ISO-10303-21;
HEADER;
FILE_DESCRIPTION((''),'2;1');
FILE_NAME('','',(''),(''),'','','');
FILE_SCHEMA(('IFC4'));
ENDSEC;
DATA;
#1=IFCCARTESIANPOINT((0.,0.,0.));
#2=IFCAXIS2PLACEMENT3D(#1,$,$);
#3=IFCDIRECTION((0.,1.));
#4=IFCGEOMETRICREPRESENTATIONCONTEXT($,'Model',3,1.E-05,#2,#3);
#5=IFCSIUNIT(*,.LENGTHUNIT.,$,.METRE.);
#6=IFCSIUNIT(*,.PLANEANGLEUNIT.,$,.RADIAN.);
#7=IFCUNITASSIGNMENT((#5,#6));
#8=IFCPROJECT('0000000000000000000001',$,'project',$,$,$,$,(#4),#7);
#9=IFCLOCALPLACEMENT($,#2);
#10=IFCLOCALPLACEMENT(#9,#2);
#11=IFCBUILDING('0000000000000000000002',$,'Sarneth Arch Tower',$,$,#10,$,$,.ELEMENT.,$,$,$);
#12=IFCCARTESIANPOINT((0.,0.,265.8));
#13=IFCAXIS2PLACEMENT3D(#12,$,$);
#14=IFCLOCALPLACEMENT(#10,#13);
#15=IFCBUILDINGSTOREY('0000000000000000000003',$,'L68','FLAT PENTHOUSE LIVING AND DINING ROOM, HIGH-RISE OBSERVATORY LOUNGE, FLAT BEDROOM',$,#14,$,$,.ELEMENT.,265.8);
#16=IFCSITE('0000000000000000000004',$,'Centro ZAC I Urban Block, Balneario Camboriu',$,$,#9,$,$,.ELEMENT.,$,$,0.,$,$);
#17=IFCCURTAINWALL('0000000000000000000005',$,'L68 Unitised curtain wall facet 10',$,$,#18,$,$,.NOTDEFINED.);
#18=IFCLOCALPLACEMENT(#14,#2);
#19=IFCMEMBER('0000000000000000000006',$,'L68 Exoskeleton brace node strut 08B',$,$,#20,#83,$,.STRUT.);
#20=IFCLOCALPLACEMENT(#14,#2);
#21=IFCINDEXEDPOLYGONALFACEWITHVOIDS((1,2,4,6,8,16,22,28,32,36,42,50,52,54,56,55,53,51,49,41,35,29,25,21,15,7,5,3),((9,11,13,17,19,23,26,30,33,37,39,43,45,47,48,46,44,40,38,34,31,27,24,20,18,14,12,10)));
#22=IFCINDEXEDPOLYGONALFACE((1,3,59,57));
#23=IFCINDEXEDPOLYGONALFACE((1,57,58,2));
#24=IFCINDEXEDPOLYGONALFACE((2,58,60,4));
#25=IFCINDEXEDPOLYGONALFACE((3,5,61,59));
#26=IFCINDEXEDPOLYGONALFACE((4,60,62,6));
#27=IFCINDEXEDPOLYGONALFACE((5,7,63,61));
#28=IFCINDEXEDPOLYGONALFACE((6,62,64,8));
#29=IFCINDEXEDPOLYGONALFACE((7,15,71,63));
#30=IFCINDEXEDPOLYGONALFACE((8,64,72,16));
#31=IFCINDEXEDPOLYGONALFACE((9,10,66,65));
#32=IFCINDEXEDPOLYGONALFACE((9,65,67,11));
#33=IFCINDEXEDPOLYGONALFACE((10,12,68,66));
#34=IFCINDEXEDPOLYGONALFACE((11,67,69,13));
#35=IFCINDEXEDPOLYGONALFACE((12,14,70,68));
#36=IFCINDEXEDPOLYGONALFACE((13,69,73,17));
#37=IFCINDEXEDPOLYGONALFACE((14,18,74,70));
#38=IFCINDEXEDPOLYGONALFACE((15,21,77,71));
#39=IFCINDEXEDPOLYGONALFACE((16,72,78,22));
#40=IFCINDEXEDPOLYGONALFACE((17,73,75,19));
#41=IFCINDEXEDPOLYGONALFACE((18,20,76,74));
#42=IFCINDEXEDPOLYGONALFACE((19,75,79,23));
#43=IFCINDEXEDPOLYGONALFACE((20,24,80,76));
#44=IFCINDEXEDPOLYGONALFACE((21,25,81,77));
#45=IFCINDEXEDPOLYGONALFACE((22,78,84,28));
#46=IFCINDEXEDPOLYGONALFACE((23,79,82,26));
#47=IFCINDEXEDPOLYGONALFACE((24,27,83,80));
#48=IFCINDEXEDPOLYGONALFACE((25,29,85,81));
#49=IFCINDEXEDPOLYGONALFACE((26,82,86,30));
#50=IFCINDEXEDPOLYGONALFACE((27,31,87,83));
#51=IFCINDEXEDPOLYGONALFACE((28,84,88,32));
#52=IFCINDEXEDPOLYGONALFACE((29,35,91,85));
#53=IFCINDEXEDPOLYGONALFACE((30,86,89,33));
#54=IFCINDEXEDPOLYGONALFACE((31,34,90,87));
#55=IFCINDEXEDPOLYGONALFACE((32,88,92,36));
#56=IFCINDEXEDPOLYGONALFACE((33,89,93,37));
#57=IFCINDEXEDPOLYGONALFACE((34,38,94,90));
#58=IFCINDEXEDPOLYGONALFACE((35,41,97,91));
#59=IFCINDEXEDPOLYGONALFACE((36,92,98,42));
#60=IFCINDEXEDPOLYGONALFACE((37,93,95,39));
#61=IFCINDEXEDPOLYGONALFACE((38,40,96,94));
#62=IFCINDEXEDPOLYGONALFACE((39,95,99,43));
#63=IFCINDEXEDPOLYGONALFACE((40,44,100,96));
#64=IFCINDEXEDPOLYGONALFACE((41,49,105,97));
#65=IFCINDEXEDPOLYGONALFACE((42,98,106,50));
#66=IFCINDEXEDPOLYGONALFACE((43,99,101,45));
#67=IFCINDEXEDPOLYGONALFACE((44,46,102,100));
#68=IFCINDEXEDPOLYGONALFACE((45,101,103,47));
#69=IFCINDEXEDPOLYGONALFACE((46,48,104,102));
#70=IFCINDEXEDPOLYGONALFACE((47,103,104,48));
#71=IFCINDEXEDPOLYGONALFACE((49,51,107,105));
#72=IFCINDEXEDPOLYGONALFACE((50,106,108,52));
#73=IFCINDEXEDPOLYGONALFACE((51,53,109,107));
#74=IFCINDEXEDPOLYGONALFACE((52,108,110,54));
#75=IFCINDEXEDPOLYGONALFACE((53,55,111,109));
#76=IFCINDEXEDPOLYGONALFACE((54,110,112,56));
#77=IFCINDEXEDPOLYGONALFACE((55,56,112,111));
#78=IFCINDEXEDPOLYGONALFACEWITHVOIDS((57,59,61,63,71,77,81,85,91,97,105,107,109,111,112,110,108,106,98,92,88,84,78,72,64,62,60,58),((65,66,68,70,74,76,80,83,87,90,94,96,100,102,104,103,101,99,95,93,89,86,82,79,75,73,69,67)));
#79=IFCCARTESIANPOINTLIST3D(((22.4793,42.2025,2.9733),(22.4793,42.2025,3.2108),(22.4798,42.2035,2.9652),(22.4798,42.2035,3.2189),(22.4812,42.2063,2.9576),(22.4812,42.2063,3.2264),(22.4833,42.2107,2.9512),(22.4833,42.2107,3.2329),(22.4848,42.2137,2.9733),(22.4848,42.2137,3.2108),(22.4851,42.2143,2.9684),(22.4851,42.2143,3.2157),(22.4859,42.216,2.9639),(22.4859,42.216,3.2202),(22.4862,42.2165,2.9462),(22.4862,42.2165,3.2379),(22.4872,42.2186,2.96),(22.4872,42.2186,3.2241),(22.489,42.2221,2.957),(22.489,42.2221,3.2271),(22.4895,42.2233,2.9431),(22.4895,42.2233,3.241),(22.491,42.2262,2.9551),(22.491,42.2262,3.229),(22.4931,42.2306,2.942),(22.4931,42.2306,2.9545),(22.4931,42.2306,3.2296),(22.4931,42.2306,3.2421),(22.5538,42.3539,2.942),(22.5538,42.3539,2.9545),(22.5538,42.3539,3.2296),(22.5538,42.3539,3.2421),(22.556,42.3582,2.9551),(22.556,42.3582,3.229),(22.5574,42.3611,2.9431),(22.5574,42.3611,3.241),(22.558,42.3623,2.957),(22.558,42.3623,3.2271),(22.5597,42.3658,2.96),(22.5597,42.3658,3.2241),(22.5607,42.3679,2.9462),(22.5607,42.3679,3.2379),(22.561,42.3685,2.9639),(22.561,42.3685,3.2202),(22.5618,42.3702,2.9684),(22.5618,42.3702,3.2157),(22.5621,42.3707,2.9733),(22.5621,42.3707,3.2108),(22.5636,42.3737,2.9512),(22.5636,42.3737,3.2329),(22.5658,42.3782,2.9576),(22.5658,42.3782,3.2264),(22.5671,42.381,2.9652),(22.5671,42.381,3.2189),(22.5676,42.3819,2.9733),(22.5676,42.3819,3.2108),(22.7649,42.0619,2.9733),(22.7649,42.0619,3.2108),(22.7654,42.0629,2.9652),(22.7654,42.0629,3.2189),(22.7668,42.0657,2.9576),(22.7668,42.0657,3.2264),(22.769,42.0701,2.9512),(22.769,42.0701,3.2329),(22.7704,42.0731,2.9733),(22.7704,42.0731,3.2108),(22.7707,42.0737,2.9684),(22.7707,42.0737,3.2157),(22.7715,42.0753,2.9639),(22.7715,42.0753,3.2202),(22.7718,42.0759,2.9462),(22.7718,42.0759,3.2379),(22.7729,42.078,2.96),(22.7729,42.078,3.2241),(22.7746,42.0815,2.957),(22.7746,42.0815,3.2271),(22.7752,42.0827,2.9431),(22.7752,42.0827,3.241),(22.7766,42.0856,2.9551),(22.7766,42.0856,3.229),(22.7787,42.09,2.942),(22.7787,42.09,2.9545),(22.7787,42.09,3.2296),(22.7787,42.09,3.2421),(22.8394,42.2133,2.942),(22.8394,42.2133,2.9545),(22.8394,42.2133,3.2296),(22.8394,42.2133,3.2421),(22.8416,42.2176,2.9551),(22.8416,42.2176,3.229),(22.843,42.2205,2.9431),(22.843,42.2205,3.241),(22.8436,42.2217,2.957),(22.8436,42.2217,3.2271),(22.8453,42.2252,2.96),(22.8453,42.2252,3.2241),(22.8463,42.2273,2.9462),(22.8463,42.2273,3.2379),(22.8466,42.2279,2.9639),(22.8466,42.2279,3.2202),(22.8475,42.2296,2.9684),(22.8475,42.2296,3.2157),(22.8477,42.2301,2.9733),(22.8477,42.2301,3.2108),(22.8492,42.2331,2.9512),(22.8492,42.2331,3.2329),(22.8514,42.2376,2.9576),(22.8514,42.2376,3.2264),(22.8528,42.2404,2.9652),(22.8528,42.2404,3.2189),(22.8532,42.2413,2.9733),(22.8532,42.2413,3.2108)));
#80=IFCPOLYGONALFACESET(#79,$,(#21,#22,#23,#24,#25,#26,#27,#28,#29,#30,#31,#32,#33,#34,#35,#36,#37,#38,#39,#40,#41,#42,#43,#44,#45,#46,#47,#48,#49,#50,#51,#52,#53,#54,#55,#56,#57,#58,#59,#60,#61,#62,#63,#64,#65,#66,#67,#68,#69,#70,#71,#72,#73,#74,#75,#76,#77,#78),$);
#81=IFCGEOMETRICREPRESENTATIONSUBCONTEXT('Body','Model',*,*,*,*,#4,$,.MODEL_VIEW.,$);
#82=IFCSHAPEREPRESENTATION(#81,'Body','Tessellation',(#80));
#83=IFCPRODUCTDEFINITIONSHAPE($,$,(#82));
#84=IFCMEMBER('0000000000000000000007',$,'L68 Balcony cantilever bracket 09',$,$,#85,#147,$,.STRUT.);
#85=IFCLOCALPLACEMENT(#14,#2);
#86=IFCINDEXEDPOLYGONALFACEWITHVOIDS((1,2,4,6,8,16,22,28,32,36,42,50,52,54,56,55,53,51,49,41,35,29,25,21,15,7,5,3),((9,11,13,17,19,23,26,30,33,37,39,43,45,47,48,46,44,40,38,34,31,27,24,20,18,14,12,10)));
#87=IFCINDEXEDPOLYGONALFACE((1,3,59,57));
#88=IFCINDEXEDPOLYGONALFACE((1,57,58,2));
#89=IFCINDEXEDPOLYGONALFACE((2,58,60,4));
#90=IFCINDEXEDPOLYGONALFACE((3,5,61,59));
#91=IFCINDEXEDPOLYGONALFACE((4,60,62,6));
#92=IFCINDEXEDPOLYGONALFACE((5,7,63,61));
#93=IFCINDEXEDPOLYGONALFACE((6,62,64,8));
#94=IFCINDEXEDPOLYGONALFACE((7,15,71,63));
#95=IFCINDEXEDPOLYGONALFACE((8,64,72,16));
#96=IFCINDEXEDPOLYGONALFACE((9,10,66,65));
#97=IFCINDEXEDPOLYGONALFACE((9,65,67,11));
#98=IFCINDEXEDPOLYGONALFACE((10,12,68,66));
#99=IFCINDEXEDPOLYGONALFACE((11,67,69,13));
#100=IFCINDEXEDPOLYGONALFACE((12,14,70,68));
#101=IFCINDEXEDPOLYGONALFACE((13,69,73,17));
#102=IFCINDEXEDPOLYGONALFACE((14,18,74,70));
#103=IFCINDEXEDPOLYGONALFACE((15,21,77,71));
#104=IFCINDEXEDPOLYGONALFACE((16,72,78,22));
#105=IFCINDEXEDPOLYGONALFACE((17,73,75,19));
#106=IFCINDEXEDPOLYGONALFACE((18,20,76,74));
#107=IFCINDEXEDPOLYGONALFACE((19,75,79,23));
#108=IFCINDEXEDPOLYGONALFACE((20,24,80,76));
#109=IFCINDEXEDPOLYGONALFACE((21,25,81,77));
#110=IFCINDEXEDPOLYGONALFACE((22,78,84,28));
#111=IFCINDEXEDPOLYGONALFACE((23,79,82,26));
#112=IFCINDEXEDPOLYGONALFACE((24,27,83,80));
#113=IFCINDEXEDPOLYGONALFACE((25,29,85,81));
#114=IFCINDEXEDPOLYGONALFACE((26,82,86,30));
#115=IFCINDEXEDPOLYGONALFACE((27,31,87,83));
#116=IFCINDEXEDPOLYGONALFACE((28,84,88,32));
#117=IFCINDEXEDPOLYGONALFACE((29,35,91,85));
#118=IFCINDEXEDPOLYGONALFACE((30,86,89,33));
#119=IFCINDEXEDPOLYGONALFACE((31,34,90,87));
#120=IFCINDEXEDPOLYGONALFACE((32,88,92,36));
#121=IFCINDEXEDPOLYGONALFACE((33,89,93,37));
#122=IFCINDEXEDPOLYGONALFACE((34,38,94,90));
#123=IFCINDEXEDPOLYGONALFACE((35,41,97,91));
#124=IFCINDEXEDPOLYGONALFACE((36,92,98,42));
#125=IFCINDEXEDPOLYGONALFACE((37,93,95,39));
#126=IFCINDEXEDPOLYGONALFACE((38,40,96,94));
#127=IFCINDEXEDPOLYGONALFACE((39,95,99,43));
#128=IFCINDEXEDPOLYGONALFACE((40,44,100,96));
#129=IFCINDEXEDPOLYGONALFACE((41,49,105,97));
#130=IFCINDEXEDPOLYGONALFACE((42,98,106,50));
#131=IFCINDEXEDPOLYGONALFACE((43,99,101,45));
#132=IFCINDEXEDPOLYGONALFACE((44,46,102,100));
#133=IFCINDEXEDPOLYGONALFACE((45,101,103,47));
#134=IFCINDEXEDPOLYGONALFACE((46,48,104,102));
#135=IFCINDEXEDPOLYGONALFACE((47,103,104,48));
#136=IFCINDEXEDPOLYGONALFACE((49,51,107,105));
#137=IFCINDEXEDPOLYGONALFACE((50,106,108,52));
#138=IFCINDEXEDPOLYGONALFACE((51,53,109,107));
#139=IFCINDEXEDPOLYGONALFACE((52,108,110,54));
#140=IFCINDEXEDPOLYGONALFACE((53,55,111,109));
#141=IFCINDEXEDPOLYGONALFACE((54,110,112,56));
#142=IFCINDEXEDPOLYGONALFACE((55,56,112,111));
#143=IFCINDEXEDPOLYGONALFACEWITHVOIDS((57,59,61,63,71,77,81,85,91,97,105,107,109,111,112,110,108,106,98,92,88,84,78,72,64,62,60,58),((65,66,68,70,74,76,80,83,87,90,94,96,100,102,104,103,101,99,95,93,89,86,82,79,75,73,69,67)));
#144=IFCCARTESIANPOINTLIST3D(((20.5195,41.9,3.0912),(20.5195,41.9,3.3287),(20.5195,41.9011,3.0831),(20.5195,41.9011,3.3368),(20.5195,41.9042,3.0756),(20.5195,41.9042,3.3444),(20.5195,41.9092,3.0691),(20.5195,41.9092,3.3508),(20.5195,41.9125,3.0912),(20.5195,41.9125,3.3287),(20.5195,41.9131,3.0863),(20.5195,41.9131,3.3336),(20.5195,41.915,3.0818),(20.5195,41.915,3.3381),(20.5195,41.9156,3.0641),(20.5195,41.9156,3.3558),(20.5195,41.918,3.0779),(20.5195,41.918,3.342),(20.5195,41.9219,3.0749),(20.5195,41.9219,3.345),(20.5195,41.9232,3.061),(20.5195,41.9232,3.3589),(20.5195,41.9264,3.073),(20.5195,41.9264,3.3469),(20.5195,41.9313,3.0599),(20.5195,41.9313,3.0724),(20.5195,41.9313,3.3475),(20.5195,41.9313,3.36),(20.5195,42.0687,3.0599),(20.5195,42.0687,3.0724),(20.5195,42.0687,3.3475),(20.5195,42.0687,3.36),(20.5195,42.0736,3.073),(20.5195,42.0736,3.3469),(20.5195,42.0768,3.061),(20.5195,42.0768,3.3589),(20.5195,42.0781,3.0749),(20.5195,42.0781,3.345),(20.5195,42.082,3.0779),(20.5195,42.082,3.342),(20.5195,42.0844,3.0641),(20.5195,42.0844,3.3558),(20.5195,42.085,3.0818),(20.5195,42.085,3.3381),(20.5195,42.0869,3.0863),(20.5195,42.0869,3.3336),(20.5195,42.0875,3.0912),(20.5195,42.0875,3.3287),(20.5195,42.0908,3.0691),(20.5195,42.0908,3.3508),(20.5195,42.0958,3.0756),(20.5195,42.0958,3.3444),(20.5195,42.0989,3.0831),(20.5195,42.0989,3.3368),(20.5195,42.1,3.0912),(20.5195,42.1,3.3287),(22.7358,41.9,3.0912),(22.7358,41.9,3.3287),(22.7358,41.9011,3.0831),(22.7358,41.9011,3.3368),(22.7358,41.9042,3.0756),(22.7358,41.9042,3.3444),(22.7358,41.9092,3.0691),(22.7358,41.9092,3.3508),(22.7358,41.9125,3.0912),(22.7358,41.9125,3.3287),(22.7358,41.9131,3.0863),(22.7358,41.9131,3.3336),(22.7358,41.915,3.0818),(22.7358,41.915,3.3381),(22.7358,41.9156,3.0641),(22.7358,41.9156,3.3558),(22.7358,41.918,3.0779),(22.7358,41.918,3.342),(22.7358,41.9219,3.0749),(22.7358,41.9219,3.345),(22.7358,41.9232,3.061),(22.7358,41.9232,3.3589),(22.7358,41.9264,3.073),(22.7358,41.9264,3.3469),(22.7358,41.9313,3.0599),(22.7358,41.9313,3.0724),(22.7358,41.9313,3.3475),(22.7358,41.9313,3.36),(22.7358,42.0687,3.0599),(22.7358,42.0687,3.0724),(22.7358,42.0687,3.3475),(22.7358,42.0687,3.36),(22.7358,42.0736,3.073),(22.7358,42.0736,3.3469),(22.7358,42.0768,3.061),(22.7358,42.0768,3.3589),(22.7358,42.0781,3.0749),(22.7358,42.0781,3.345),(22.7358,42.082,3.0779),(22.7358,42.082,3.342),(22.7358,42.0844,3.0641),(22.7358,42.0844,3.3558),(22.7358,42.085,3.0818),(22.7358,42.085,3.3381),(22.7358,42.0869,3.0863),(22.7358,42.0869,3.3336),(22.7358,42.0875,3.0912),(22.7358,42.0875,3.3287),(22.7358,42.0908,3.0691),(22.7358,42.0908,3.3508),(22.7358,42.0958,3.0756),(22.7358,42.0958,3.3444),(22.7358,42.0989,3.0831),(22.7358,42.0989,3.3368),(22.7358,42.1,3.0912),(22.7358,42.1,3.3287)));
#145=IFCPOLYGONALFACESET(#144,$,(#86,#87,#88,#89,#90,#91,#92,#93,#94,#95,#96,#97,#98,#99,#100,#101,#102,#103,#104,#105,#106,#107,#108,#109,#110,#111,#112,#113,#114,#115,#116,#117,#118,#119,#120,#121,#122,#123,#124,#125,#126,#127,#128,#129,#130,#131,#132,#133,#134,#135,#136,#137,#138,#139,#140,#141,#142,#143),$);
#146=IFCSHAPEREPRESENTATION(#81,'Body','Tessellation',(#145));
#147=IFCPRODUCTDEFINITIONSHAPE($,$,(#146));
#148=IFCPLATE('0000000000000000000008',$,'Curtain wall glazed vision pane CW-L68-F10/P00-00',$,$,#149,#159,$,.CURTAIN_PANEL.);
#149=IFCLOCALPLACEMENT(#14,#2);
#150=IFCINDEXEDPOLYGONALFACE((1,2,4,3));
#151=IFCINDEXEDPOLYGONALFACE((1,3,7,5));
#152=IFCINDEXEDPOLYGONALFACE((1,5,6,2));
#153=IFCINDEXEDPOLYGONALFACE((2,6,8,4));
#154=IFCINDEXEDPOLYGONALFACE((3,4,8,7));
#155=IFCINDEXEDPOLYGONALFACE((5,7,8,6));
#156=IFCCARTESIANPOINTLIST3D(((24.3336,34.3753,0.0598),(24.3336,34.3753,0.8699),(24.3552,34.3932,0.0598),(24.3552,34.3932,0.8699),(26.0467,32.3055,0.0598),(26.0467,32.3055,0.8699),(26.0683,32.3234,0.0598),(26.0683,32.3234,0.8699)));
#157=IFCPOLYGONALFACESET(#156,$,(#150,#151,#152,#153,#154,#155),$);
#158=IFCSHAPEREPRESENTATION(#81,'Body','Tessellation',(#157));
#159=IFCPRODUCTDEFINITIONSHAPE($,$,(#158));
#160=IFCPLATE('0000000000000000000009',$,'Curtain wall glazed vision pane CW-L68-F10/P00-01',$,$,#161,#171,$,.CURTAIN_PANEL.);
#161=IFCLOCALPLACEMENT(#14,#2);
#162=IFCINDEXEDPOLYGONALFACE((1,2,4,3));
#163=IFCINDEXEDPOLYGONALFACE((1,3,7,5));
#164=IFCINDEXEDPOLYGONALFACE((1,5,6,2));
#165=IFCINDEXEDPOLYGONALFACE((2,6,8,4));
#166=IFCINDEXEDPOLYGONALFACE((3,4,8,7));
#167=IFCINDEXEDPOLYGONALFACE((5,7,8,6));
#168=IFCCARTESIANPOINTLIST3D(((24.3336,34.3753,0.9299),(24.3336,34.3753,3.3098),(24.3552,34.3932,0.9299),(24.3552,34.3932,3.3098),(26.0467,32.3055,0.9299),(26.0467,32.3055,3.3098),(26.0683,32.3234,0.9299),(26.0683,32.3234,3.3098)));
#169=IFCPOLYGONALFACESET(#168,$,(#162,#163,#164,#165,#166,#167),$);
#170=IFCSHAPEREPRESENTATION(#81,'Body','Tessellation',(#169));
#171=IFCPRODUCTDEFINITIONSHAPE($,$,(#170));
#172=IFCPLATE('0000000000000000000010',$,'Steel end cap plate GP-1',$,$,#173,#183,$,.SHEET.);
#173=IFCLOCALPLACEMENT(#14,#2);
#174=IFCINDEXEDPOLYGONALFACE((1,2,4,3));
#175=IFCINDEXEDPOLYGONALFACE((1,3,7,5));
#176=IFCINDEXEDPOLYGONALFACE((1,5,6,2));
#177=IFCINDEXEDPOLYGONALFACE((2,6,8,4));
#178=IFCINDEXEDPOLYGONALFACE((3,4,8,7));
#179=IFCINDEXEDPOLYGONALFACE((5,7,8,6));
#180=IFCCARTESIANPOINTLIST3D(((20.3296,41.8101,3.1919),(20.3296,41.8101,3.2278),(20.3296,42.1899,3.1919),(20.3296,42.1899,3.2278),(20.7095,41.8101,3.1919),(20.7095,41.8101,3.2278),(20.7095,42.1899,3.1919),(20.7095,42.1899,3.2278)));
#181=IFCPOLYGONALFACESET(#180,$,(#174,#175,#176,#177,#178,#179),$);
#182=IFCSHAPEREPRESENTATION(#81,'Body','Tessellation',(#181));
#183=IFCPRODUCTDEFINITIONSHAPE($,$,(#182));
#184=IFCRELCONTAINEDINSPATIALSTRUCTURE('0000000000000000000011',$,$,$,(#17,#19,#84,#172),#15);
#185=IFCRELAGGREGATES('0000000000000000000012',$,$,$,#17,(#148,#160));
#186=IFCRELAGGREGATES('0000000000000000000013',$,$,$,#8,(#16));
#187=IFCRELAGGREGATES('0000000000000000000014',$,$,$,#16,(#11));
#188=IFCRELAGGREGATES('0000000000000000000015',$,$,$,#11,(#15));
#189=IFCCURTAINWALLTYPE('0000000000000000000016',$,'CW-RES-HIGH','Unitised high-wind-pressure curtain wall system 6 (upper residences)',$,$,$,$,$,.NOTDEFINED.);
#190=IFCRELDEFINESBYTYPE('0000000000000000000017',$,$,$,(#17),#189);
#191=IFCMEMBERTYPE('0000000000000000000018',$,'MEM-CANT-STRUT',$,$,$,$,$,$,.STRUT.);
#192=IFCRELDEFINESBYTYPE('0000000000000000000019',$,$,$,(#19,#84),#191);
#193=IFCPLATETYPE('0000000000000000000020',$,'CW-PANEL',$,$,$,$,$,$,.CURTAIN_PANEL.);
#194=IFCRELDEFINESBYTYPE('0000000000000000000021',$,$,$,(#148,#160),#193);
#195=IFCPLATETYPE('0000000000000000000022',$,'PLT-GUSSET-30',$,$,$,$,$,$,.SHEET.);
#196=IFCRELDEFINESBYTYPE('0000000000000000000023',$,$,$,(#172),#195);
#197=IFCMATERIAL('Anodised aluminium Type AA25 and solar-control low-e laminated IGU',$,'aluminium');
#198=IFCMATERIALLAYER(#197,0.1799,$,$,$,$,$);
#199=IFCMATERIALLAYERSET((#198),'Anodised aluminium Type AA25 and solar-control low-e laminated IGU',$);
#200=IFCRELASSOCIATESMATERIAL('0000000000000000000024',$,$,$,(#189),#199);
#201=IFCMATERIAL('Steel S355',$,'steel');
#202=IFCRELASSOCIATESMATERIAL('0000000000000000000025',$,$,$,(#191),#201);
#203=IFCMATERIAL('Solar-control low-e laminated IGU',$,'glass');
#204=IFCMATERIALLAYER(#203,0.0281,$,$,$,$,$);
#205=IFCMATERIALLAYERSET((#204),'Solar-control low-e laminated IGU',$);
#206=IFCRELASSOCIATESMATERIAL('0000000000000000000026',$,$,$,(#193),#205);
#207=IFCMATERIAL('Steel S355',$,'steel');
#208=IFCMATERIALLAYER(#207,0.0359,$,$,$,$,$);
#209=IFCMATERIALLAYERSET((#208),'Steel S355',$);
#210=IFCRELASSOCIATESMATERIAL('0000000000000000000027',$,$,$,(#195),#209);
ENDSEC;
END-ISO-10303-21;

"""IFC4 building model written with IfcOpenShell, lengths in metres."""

from ifc_helpers import new_model, si_unit, direction, frame, origin, origin_2d, place, context, subcontext, project, spatial, rectangle, hollow_rectangle, extrude, material, layer, layer_set, material_profile, profile_set, type_object, element, aggregate, save


model = new_model("IFC4")

# Units and contexts
model_context = context("Model", 3, precision=1e-05, world=origin(), true_north=direction((0.0, 1.0)))
body_context = subcontext(model_context, "Body", "Model", "MODEL_VIEW")
ifc_project = project(units=[si_unit("LENGTHUNIT", "METRE"), si_unit("PLANEANGLEUNIT", "RADIAN")], contexts=[model_context])

# Site, building, storey
site_placement = place(None, origin())
site = spatial("IfcSite", under=ifc_project, at=site_placement, Name="Centro ZAC I Urban Block, Balneario Camboriu", CompositionType="ELEMENT", RefElevation=0.0)
building_placement = place(site_placement, origin())
building = spatial("IfcBuilding", under=site, at=building_placement, Name="Sarneth Arch Tower", CompositionType="ELEMENT")
storey_placement = place(building_placement, frame((0.0, 0.0, 265.8)))
storey = spatial("IfcBuildingStorey", under=building, at=storey_placement, Name="L68", Description="FLAT PENTHOUSE LIVING AND DINING ROOM, HIGH-RISE OBSERVATORY LOUNGE, FLAT BEDROOM", CompositionType="ELEMENT", Elevation=265.8)

# Curtain wall
ifc_material_1 = material(Name="Anodised aluminium Type AA25 and solar-control low-e laminated IGU", Category="aluminium")
ifc_layer_1 = layer(ifc_material_1, 0.1799)
ifc_layer_set_1 = layer_set([ifc_layer_1], Name="Anodised aluminium Type AA25 and solar-control low-e laminated IGU")
curtain_wall_type = type_object("IfcCurtainWallType", Name="CW-RES-HIGH", Description="Unitised high-wind-pressure curtain wall system 6 (upper residences)", PredefinedType="NOTDEFINED", material=ifc_layer_set_1)
curtain_wall_placement = place(storey_placement, origin())
curtain_wall = element("IfcCurtainWall", 1, at=curtain_wall_placement, inside=storey, type_object=curtain_wall_type, Name="L68 Unitised curtain wall facet 10", PredefinedType="NOTDEFINED")

# Members
ifc_material_2 = material(Name="Steel S355", Category="steel")
ifc_material_profile_1 = material_profile(ifc_material_2, hollow_rectangle(XDim=0.2, YDim=0.3, WallThickness=0.0125, InnerFilletRadius=0.0188, OuterFilletRadius=0.0312, at=origin_2d()), Name="RHS300x200x12.5")
ifc_profile_set_1 = profile_set([ifc_material_profile_1], Name="Steel S355")
member_type_1 = type_object("IfcMemberType", Name="MEM-CANT-STRUT", PredefinedType="STRUT", material=ifc_profile_set_1)
member_1_placement = place(storey_placement, frame((22.8091, 42.1516, 3.092), z_axis=(-0.897171, 0.441684, 0.0), x_axis=(-0.441684, -0.897171, 0.0)))
element("IfcMember", 2, at=member_1_placement, inside=storey, type_object=member_type_1, Name="L68 Exoskeleton brace node strut 08B", PredefinedType="STRUT", context=body_context, shape_type="SweptSolid", body=[
    extrude(hollow_rectangle(XDim=0.2, YDim=0.3, WallThickness=0.0125, InnerFilletRadius=0.0188, OuterFilletRadius=0.0312, at=origin_2d()), origin(), (0.0, 0.0, 1.0), 0.3184),
])
member_2_placement = place(storey_placement, frame((22.7358, 42.0, 3.21), z_axis=(-1.0, 0.0, 0.0), x_axis=(0.0, -1.0, 0.0)))
element("IfcMember", 3, at=member_2_placement, inside=storey, type_object=member_type_1, Name="L68 Balcony cantilever bracket 09", PredefinedType="STRUT", context=body_context, shape_type="SweptSolid", body=[
    extrude(hollow_rectangle(XDim=0.2, YDim=0.3, WallThickness=0.0125, InnerFilletRadius=0.0188, OuterFilletRadius=0.0312, at=origin_2d()), origin(), (0.0, 0.0, 1.0), 2.2163),
])

# Plates
ifc_material_3 = material(Name="Solar-control low-e laminated IGU", Category="glass")
ifc_layer_2 = layer(ifc_material_3, 0.0281)
ifc_layer_set_2 = layer_set([ifc_layer_2], Name="Solar-control low-e laminated IGU")
plate_type_1 = type_object("IfcPlateType", Name="CW-PANEL", PredefinedType="CURTAIN_PANEL", material=ifc_layer_set_2)
plate_1_placement = place(storey_placement, frame((25.2009, 33.3494, 0.0598), z_axis=(0.0, 0.0, 1.0), x_axis=(0.63761, -0.770359, 0.0)))
plate_1 = element("IfcPlate", 4, at=plate_1_placement, type_object=plate_type_1, Name="Curtain wall glazed vision pane CW-L68-F10/P00-00", PredefinedType="CURTAIN_PANEL", context=body_context, shape_type="SweptSolid", body=[
    extrude(rectangle(XDim=2.6868, YDim=0.0281, at=origin_2d()), origin(), (0.0, 0.0, 1.0), 0.8101),
])
plate_2_placement = place(storey_placement, frame((25.2009, 33.3494, 0.9299), z_axis=(0.0, 0.0, 1.0), x_axis=(0.63761, -0.770359, 0.0)))
plate_2 = element("IfcPlate", 5, at=plate_2_placement, type_object=plate_type_1, Name="Curtain wall glazed vision pane CW-L68-F10/P00-01", PredefinedType="CURTAIN_PANEL", context=body_context, shape_type="SweptSolid", body=[
    extrude(rectangle(XDim=2.6868, YDim=0.0281, at=origin_2d()), origin(), (0.0, 0.0, 1.0), 2.3799),
])
aggregate(curtain_wall, [plate_1, plate_2])
ifc_material_4 = material(Name="Steel S355", Category="steel")
ifc_layer_3 = layer(ifc_material_4, 0.0359)
ifc_layer_set_3 = layer_set([ifc_layer_3], Name="Steel S355")
plate_type_2 = type_object("IfcPlateType", Name="PLT-GUSSET-30", PredefinedType="SHEET", material=ifc_layer_set_3)
plate_3_placement = place(storey_placement, frame((20.5195, 42.0, 3.1919), z_axis=(0.0, 0.0, 1.0), x_axis=(-1.0, 0.0, 0.0)))
element("IfcPlate", 6, at=plate_3_placement, inside=storey, type_object=plate_type_2, Name="Steel end cap plate GP-1", PredefinedType="SHEET", context=body_context, shape_type="SweptSolid", body=[
    extrude(rectangle(XDim=0.3799, YDim=0.3799, at=origin_2d()), origin(), (0.0, 0.0, 1.0), 0.0359),
])

save(model, "model.ifc")
